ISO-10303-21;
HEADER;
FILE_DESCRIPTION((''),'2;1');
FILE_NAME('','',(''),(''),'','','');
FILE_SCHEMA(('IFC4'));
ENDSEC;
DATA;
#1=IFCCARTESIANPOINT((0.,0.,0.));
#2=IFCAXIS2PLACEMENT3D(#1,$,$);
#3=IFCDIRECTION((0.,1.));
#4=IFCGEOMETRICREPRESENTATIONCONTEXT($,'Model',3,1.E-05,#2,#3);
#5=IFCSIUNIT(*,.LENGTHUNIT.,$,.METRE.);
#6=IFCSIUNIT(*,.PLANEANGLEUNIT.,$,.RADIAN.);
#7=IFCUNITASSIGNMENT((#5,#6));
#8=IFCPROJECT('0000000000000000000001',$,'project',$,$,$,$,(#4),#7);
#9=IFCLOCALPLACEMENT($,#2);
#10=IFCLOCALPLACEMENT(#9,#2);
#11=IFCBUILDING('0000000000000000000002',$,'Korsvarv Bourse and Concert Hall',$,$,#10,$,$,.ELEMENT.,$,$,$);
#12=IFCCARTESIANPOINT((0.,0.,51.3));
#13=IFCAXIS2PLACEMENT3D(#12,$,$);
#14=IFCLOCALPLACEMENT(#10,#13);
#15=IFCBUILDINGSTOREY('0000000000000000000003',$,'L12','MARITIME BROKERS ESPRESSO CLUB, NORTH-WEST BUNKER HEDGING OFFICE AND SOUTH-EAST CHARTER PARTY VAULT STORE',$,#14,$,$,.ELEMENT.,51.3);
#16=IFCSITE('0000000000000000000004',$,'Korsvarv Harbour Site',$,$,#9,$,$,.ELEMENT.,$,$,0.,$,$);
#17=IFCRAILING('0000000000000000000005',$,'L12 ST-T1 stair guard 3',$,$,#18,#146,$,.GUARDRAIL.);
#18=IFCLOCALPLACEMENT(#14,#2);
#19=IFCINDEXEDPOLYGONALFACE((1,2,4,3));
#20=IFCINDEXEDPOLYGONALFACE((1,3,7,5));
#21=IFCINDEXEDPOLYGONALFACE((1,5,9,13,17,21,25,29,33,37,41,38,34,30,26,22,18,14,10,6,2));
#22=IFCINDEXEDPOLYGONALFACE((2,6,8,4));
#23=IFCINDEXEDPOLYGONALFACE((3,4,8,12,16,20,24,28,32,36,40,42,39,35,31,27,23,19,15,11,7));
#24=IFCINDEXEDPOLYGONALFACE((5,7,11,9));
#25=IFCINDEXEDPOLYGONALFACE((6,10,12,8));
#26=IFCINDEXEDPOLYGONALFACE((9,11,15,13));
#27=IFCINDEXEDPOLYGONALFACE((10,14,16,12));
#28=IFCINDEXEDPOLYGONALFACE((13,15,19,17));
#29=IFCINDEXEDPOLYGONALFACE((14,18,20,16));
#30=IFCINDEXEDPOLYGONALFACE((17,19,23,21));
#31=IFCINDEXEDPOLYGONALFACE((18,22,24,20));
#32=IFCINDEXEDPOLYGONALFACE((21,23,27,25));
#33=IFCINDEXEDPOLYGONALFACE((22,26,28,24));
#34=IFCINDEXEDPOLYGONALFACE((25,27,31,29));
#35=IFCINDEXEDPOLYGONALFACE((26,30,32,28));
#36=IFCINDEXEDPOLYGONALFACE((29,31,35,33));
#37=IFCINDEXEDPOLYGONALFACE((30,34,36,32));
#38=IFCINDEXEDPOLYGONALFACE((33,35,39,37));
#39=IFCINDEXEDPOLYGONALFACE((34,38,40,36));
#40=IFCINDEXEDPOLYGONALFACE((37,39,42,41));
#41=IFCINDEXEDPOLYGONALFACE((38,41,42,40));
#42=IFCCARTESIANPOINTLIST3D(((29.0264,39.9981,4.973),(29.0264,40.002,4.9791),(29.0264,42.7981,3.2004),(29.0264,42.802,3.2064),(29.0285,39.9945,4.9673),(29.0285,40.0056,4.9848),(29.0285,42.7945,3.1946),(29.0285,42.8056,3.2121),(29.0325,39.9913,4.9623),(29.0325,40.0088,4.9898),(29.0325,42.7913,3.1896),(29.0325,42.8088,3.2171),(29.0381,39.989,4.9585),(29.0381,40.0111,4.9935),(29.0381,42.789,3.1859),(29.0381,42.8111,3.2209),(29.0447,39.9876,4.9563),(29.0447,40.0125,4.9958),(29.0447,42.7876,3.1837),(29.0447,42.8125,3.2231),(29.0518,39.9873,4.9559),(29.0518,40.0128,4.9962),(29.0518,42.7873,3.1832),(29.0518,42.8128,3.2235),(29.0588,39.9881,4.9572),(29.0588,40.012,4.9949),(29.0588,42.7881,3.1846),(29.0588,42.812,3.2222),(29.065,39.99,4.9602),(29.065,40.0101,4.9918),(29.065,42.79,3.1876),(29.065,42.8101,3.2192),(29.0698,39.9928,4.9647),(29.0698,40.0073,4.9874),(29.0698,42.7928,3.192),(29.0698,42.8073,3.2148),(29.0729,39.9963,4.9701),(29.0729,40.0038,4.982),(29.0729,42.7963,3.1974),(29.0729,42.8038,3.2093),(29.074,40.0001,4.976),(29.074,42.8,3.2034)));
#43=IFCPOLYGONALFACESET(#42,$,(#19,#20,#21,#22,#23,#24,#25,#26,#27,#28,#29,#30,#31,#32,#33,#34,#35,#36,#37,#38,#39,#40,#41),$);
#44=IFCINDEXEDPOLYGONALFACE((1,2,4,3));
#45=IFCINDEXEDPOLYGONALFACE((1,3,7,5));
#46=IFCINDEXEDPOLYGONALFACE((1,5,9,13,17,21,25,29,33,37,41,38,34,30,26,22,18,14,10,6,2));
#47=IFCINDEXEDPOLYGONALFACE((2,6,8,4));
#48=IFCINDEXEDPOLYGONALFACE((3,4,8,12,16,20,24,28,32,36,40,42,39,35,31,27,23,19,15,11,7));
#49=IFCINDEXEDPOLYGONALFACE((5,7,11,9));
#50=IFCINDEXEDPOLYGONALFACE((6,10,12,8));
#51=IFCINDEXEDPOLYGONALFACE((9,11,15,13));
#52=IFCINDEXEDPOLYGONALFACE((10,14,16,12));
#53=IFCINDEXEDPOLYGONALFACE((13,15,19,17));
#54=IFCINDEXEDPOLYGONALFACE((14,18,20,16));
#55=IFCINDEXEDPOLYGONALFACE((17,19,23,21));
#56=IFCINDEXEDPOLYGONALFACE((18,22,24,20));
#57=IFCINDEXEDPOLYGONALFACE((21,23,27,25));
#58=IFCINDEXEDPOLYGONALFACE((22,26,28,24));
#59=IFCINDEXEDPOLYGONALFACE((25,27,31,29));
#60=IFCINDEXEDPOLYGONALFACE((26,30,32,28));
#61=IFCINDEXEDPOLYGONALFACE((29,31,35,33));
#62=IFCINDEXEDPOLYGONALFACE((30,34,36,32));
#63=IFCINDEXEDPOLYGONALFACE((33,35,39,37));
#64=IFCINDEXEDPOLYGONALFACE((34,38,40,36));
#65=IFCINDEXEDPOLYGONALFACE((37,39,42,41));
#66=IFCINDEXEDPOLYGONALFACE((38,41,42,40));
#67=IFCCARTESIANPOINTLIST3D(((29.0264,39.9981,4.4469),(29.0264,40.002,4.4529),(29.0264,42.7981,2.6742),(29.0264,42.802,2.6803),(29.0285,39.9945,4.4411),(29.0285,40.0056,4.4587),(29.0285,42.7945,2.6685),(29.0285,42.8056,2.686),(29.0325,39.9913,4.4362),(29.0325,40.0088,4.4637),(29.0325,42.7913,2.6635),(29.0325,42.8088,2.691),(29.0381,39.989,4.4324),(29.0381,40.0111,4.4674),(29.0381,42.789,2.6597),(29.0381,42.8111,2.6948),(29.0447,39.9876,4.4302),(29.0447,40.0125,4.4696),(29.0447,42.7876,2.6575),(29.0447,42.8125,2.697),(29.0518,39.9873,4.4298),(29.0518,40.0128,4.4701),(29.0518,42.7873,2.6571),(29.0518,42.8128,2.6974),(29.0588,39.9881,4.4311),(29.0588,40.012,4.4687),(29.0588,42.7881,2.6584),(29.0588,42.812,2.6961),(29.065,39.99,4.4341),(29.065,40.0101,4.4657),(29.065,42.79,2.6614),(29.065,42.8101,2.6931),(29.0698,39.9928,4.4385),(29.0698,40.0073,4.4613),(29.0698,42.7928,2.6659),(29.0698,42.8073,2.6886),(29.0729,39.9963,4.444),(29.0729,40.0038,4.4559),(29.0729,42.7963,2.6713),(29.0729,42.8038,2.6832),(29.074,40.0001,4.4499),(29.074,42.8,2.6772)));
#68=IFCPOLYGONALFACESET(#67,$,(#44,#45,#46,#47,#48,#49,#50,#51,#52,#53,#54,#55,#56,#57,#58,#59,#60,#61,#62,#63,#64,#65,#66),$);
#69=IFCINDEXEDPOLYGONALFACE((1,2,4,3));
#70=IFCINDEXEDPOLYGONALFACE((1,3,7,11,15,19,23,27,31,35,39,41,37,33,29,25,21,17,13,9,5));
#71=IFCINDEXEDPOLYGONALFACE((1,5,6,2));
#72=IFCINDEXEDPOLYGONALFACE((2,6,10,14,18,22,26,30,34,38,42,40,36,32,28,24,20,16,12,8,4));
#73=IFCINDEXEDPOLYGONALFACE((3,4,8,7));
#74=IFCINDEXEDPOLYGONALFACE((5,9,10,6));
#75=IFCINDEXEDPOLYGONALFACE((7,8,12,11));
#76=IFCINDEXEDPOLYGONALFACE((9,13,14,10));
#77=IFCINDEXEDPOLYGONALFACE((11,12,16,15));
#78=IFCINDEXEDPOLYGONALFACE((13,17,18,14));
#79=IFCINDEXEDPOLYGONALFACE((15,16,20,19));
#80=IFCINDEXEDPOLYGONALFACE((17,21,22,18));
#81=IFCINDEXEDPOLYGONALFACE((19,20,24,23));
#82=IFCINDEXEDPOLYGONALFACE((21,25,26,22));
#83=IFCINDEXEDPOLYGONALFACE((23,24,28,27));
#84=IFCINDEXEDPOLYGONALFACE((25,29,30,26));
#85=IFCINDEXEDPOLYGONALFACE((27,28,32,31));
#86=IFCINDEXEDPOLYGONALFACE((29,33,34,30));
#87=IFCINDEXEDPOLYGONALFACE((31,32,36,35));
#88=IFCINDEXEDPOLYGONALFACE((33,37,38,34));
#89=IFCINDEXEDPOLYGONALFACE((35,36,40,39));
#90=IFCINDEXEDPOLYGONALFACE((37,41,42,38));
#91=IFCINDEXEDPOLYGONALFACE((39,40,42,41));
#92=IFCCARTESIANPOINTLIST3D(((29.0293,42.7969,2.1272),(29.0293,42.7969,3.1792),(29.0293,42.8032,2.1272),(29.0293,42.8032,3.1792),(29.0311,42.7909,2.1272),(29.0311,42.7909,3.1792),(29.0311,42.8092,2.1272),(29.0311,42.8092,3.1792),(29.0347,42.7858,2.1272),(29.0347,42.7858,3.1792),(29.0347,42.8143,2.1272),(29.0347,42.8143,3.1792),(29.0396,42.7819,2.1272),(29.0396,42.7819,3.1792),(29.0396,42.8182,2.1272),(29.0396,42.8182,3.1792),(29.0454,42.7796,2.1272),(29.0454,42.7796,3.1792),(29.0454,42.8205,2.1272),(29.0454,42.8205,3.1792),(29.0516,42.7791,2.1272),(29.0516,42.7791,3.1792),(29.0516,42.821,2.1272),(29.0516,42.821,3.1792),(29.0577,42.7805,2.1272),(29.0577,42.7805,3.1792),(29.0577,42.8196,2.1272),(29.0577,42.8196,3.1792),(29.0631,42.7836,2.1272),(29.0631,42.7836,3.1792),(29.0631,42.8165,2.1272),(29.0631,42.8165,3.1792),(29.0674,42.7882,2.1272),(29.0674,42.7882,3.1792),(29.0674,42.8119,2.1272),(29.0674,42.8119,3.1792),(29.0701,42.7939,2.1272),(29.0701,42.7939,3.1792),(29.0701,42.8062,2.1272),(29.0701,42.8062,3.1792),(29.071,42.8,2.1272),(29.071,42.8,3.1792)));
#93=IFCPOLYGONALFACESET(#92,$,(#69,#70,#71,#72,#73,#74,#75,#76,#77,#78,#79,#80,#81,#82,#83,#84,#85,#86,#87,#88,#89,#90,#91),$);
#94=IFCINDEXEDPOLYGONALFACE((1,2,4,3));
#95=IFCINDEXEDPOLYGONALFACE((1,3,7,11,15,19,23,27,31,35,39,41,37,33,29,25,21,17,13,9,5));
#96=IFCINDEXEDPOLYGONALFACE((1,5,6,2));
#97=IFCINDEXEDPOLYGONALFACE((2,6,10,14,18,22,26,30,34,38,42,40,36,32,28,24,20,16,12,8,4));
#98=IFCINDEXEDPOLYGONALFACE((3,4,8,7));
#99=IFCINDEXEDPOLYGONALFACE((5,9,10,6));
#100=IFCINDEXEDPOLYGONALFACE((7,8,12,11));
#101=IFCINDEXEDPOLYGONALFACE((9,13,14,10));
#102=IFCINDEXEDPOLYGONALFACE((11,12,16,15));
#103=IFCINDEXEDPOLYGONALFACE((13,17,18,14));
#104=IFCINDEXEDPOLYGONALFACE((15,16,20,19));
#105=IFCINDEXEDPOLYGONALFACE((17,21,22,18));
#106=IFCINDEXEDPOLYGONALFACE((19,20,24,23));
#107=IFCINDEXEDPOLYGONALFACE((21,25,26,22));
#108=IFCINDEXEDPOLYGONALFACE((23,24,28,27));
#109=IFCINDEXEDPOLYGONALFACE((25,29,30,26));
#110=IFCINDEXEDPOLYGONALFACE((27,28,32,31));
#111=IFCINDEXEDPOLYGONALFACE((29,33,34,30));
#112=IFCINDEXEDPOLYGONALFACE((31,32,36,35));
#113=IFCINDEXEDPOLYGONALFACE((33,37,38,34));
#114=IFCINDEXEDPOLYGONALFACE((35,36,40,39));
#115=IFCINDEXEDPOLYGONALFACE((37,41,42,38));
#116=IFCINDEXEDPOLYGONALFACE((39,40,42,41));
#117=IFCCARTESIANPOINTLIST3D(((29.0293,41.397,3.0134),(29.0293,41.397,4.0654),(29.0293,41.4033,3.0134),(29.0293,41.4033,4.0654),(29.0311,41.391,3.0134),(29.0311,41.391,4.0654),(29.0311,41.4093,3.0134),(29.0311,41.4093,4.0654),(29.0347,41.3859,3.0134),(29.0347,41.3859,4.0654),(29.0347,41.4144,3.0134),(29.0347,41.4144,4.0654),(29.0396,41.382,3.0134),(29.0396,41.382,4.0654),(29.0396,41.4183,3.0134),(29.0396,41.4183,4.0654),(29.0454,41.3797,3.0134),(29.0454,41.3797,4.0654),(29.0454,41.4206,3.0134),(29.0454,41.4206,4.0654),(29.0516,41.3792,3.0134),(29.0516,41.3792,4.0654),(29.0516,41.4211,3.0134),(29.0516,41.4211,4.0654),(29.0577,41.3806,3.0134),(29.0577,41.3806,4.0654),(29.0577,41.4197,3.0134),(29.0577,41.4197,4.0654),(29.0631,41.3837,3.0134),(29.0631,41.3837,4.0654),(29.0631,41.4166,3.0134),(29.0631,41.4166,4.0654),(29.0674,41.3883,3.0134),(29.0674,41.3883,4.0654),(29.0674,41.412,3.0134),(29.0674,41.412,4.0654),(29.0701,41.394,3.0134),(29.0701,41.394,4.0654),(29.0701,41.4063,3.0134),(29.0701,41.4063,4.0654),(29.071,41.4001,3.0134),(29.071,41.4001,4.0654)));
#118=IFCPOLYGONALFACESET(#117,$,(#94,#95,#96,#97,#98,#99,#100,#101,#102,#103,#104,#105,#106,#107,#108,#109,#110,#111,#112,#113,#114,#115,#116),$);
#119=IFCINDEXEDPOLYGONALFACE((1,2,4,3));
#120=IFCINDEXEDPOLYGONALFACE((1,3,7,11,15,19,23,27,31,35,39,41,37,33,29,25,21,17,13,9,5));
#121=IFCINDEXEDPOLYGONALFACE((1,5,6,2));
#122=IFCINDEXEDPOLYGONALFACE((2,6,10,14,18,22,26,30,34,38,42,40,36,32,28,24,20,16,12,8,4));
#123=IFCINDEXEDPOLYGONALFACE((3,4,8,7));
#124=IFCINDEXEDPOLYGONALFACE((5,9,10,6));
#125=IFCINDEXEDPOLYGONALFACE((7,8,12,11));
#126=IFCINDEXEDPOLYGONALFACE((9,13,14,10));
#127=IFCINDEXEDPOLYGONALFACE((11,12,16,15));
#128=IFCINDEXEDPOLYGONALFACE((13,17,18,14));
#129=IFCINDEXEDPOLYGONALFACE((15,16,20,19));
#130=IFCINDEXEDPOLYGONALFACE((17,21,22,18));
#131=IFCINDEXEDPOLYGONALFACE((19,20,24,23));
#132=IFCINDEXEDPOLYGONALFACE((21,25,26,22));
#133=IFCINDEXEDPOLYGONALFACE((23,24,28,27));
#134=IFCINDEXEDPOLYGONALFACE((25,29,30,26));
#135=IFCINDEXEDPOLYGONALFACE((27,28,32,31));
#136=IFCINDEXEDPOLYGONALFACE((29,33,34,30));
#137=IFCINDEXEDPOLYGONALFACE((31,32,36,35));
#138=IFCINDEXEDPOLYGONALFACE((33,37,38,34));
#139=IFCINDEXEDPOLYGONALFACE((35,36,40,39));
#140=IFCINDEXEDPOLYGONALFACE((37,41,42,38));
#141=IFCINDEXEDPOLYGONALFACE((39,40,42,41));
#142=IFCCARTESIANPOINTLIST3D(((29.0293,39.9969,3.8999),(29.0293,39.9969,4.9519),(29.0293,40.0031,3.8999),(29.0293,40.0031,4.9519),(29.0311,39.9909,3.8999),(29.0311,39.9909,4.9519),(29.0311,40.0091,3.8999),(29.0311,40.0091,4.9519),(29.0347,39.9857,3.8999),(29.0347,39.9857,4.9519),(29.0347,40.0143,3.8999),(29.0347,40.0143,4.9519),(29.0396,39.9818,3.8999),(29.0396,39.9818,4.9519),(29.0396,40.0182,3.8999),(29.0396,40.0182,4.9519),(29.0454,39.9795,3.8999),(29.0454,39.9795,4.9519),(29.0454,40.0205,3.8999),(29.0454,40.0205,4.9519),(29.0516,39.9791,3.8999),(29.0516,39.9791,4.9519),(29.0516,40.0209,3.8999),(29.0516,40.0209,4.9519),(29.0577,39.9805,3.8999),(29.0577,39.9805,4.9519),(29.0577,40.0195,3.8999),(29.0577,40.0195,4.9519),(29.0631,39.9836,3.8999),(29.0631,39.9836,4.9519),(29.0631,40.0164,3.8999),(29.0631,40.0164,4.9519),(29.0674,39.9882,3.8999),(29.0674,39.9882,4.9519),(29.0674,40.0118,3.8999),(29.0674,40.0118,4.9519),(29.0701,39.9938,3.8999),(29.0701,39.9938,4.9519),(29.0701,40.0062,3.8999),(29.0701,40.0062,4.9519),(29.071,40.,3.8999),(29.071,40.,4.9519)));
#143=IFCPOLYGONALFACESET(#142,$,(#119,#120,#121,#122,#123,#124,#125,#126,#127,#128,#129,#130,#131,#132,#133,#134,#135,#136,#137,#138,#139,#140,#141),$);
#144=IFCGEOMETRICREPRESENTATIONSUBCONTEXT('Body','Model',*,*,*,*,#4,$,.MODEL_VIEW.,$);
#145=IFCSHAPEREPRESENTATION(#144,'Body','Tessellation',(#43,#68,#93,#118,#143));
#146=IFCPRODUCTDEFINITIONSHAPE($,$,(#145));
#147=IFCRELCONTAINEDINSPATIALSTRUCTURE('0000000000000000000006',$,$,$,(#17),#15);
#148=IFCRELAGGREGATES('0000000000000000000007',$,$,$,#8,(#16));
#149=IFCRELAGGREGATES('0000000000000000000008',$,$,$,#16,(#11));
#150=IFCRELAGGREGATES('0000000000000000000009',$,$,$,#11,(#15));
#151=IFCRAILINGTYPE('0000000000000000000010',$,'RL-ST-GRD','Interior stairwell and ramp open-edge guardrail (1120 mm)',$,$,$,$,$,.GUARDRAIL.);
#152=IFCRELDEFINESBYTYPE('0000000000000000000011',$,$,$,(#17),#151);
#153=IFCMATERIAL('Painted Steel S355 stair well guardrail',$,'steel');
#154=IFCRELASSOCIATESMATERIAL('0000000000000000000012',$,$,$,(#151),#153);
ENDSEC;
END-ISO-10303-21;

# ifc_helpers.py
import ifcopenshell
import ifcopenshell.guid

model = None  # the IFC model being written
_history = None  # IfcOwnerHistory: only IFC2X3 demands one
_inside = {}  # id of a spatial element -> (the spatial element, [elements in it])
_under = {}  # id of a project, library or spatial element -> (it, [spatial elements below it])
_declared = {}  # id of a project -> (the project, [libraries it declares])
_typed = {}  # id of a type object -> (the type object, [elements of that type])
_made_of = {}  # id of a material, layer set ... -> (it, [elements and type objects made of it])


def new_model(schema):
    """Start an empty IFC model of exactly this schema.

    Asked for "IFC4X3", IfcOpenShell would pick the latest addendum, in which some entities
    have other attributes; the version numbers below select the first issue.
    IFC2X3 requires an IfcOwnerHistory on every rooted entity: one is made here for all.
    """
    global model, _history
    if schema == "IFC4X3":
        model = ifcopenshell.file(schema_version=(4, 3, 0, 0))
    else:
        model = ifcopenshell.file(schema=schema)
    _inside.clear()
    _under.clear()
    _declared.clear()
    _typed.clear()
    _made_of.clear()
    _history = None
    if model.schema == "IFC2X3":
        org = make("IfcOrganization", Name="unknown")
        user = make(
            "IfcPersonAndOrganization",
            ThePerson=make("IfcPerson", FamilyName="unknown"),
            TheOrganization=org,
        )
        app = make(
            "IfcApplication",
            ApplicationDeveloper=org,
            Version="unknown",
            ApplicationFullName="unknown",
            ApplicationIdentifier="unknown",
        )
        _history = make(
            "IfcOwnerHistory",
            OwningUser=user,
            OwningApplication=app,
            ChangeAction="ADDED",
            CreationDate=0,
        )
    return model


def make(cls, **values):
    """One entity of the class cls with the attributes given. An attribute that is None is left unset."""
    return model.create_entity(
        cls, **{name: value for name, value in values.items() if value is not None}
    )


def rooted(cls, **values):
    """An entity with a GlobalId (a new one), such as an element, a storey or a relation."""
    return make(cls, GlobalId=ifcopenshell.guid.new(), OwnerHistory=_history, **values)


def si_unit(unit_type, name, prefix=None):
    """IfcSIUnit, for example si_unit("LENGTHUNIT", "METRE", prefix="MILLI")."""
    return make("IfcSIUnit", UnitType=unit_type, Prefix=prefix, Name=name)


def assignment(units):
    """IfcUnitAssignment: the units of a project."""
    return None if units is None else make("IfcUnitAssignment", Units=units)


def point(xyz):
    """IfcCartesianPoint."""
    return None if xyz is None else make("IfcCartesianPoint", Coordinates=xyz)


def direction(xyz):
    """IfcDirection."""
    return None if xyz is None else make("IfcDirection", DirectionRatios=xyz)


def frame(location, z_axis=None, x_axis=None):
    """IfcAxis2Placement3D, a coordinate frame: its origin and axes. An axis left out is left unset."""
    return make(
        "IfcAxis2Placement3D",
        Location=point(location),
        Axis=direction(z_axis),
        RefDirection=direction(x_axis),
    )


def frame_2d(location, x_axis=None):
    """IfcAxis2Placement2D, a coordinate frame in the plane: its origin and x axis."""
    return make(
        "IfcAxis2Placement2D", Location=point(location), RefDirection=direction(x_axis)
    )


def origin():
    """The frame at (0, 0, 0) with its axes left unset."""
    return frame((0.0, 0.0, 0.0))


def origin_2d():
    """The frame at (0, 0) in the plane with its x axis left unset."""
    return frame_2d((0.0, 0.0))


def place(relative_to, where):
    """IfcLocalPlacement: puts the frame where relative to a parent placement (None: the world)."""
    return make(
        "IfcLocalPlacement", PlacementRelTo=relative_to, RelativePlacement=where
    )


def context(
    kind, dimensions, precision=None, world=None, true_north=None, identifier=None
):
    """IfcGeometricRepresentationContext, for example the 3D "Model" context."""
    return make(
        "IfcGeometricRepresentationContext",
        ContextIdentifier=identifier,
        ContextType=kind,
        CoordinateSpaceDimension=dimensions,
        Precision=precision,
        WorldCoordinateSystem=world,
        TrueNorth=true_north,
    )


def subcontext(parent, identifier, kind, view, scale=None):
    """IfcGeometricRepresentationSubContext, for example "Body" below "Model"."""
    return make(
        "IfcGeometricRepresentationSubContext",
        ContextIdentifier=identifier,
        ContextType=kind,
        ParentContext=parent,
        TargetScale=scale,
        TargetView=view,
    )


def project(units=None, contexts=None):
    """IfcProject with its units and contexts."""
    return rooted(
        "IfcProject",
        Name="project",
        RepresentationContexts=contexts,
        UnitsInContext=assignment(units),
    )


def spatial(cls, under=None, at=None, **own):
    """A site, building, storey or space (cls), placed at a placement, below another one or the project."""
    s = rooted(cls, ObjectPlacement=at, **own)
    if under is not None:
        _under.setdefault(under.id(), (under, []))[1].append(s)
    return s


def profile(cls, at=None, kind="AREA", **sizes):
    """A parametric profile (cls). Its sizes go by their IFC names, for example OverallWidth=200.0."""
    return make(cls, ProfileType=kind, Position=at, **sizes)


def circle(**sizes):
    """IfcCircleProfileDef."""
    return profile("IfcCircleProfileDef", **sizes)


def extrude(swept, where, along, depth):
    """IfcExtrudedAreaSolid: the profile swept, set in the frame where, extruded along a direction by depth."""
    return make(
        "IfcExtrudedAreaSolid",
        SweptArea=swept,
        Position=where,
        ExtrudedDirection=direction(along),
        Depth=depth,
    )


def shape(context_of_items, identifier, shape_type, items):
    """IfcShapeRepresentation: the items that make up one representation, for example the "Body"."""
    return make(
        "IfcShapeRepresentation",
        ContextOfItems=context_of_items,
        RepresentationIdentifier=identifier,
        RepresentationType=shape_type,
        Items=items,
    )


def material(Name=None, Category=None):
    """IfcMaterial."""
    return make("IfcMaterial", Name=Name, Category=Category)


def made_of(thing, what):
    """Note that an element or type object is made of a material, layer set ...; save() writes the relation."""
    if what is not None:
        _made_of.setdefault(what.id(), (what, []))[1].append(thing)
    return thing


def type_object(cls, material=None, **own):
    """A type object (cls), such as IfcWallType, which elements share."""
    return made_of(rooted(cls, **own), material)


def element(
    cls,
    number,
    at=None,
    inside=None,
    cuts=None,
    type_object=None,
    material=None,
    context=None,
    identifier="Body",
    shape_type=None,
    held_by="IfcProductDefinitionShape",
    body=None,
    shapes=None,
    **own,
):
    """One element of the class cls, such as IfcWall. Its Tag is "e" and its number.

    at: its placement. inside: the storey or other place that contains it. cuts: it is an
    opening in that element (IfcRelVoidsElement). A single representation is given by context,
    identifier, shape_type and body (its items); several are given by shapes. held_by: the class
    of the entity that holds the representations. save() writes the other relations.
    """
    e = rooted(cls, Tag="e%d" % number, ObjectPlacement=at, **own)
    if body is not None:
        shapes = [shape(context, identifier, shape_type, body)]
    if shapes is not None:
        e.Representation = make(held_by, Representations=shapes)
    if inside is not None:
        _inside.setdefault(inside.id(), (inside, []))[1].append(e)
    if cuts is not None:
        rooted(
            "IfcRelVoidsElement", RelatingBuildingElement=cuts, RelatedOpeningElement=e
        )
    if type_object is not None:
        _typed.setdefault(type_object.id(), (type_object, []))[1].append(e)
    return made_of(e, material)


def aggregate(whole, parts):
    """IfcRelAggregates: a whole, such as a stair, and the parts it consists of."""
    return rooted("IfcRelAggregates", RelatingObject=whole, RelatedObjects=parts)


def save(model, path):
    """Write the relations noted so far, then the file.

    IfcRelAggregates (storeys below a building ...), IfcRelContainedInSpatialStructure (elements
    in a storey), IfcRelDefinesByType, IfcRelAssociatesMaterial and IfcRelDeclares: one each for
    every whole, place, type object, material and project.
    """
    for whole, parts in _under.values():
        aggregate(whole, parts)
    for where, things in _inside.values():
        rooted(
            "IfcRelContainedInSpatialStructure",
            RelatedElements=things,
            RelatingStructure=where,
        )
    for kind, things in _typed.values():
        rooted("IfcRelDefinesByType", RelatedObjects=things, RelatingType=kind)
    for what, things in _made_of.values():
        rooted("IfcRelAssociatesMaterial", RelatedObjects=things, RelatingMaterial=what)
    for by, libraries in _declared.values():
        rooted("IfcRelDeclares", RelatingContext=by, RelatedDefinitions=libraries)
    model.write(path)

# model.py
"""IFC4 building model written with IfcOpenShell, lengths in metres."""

from ifc_helpers import new_model, si_unit, direction, frame, origin, origin_2d, place, context, subcontext, project, spatial, circle, extrude, material, type_object, element, save


model = new_model("IFC4")

# Units and contexts
model_context = context("Model", 3, precision=1e-05, world=origin(), true_north=direction((0.0, 1.0)))
body_context = subcontext(model_context, "Body", "Model", "MODEL_VIEW")
ifc_project = project(units=[si_unit("LENGTHUNIT", "METRE"), si_unit("PLANEANGLEUNIT", "RADIAN")], contexts=[model_context])

# Site, building, storey
site_placement = place(None, origin())
site = spatial("IfcSite", under=ifc_project, at=site_placement, Name="Korsvarv Harbour Site", CompositionType="ELEMENT", RefElevation=0.0)
building_placement = place(site_placement, origin())
building = spatial("IfcBuilding", under=site, at=building_placement, Name="Korsvarv Bourse and Concert Hall", CompositionType="ELEMENT")
storey_placement = place(building_placement, frame((0.0, 0.0, 51.3)))
storey = spatial("IfcBuildingStorey", under=building, at=storey_placement, Name="L12", Description="MARITIME BROKERS ESPRESSO CLUB, NORTH-WEST BUNKER HEDGING OFFICE AND SOUTH-EAST CHARTER PARTY VAULT STORE", CompositionType="ELEMENT", Elevation=51.3)

# Railing
ifc_material_1 = material(Name="Painted Steel S355 stair well guardrail", Category="steel")
railing_type_1 = type_object("IfcRailingType", Name="RL-ST-GRD", Description="Interior stairwell and ramp open-edge guardrail (1120 mm)", PredefinedType="GUARDRAIL", material=ifc_material_1)
railing_1_placement = place(storey_placement, frame((29.05, 42.8, 2.1272)))
element("IfcRailing", 1, at=railing_1_placement, inside=storey, type_object=railing_type_1, Name="L12 ST-T1 stair guard 3", PredefinedType="GUARDRAIL", context=body_context, shape_type="SweptSolid", body=[
    extrude(circle(Radius=0.0239, at=origin_2d()), frame((0.0, 0.0, 1.0762), z_axis=(0.0, -0.844909, 0.53491), x_axis=(1.0, 0.0, 0.0)), (0.0, 0.0, 1.0), 3.314),
    extrude(circle(Radius=0.0239, at=origin_2d()), frame((0.0, 0.0, 0.55), z_axis=(0.0, -0.844909, 0.53491), x_axis=(1.0, 0.0, 0.0)), (0.0, 0.0, 1.0), 3.314),
    extrude(circle(Radius=0.021, at=origin_2d()), origin(), (0.0, 0.0, 1.0), 1.052),
    extrude(circle(Radius=0.021, at=origin_2d()), frame((0.0, -1.3999, 0.8862)), (0.0, 0.0, 1.0), 1.052),
    extrude(circle(Radius=0.021, at=origin_2d()), frame((0.0, -2.8, 1.7727)), (0.0, 0.0, 1.0), 1.052),
])

save(model, "model.ifc")
